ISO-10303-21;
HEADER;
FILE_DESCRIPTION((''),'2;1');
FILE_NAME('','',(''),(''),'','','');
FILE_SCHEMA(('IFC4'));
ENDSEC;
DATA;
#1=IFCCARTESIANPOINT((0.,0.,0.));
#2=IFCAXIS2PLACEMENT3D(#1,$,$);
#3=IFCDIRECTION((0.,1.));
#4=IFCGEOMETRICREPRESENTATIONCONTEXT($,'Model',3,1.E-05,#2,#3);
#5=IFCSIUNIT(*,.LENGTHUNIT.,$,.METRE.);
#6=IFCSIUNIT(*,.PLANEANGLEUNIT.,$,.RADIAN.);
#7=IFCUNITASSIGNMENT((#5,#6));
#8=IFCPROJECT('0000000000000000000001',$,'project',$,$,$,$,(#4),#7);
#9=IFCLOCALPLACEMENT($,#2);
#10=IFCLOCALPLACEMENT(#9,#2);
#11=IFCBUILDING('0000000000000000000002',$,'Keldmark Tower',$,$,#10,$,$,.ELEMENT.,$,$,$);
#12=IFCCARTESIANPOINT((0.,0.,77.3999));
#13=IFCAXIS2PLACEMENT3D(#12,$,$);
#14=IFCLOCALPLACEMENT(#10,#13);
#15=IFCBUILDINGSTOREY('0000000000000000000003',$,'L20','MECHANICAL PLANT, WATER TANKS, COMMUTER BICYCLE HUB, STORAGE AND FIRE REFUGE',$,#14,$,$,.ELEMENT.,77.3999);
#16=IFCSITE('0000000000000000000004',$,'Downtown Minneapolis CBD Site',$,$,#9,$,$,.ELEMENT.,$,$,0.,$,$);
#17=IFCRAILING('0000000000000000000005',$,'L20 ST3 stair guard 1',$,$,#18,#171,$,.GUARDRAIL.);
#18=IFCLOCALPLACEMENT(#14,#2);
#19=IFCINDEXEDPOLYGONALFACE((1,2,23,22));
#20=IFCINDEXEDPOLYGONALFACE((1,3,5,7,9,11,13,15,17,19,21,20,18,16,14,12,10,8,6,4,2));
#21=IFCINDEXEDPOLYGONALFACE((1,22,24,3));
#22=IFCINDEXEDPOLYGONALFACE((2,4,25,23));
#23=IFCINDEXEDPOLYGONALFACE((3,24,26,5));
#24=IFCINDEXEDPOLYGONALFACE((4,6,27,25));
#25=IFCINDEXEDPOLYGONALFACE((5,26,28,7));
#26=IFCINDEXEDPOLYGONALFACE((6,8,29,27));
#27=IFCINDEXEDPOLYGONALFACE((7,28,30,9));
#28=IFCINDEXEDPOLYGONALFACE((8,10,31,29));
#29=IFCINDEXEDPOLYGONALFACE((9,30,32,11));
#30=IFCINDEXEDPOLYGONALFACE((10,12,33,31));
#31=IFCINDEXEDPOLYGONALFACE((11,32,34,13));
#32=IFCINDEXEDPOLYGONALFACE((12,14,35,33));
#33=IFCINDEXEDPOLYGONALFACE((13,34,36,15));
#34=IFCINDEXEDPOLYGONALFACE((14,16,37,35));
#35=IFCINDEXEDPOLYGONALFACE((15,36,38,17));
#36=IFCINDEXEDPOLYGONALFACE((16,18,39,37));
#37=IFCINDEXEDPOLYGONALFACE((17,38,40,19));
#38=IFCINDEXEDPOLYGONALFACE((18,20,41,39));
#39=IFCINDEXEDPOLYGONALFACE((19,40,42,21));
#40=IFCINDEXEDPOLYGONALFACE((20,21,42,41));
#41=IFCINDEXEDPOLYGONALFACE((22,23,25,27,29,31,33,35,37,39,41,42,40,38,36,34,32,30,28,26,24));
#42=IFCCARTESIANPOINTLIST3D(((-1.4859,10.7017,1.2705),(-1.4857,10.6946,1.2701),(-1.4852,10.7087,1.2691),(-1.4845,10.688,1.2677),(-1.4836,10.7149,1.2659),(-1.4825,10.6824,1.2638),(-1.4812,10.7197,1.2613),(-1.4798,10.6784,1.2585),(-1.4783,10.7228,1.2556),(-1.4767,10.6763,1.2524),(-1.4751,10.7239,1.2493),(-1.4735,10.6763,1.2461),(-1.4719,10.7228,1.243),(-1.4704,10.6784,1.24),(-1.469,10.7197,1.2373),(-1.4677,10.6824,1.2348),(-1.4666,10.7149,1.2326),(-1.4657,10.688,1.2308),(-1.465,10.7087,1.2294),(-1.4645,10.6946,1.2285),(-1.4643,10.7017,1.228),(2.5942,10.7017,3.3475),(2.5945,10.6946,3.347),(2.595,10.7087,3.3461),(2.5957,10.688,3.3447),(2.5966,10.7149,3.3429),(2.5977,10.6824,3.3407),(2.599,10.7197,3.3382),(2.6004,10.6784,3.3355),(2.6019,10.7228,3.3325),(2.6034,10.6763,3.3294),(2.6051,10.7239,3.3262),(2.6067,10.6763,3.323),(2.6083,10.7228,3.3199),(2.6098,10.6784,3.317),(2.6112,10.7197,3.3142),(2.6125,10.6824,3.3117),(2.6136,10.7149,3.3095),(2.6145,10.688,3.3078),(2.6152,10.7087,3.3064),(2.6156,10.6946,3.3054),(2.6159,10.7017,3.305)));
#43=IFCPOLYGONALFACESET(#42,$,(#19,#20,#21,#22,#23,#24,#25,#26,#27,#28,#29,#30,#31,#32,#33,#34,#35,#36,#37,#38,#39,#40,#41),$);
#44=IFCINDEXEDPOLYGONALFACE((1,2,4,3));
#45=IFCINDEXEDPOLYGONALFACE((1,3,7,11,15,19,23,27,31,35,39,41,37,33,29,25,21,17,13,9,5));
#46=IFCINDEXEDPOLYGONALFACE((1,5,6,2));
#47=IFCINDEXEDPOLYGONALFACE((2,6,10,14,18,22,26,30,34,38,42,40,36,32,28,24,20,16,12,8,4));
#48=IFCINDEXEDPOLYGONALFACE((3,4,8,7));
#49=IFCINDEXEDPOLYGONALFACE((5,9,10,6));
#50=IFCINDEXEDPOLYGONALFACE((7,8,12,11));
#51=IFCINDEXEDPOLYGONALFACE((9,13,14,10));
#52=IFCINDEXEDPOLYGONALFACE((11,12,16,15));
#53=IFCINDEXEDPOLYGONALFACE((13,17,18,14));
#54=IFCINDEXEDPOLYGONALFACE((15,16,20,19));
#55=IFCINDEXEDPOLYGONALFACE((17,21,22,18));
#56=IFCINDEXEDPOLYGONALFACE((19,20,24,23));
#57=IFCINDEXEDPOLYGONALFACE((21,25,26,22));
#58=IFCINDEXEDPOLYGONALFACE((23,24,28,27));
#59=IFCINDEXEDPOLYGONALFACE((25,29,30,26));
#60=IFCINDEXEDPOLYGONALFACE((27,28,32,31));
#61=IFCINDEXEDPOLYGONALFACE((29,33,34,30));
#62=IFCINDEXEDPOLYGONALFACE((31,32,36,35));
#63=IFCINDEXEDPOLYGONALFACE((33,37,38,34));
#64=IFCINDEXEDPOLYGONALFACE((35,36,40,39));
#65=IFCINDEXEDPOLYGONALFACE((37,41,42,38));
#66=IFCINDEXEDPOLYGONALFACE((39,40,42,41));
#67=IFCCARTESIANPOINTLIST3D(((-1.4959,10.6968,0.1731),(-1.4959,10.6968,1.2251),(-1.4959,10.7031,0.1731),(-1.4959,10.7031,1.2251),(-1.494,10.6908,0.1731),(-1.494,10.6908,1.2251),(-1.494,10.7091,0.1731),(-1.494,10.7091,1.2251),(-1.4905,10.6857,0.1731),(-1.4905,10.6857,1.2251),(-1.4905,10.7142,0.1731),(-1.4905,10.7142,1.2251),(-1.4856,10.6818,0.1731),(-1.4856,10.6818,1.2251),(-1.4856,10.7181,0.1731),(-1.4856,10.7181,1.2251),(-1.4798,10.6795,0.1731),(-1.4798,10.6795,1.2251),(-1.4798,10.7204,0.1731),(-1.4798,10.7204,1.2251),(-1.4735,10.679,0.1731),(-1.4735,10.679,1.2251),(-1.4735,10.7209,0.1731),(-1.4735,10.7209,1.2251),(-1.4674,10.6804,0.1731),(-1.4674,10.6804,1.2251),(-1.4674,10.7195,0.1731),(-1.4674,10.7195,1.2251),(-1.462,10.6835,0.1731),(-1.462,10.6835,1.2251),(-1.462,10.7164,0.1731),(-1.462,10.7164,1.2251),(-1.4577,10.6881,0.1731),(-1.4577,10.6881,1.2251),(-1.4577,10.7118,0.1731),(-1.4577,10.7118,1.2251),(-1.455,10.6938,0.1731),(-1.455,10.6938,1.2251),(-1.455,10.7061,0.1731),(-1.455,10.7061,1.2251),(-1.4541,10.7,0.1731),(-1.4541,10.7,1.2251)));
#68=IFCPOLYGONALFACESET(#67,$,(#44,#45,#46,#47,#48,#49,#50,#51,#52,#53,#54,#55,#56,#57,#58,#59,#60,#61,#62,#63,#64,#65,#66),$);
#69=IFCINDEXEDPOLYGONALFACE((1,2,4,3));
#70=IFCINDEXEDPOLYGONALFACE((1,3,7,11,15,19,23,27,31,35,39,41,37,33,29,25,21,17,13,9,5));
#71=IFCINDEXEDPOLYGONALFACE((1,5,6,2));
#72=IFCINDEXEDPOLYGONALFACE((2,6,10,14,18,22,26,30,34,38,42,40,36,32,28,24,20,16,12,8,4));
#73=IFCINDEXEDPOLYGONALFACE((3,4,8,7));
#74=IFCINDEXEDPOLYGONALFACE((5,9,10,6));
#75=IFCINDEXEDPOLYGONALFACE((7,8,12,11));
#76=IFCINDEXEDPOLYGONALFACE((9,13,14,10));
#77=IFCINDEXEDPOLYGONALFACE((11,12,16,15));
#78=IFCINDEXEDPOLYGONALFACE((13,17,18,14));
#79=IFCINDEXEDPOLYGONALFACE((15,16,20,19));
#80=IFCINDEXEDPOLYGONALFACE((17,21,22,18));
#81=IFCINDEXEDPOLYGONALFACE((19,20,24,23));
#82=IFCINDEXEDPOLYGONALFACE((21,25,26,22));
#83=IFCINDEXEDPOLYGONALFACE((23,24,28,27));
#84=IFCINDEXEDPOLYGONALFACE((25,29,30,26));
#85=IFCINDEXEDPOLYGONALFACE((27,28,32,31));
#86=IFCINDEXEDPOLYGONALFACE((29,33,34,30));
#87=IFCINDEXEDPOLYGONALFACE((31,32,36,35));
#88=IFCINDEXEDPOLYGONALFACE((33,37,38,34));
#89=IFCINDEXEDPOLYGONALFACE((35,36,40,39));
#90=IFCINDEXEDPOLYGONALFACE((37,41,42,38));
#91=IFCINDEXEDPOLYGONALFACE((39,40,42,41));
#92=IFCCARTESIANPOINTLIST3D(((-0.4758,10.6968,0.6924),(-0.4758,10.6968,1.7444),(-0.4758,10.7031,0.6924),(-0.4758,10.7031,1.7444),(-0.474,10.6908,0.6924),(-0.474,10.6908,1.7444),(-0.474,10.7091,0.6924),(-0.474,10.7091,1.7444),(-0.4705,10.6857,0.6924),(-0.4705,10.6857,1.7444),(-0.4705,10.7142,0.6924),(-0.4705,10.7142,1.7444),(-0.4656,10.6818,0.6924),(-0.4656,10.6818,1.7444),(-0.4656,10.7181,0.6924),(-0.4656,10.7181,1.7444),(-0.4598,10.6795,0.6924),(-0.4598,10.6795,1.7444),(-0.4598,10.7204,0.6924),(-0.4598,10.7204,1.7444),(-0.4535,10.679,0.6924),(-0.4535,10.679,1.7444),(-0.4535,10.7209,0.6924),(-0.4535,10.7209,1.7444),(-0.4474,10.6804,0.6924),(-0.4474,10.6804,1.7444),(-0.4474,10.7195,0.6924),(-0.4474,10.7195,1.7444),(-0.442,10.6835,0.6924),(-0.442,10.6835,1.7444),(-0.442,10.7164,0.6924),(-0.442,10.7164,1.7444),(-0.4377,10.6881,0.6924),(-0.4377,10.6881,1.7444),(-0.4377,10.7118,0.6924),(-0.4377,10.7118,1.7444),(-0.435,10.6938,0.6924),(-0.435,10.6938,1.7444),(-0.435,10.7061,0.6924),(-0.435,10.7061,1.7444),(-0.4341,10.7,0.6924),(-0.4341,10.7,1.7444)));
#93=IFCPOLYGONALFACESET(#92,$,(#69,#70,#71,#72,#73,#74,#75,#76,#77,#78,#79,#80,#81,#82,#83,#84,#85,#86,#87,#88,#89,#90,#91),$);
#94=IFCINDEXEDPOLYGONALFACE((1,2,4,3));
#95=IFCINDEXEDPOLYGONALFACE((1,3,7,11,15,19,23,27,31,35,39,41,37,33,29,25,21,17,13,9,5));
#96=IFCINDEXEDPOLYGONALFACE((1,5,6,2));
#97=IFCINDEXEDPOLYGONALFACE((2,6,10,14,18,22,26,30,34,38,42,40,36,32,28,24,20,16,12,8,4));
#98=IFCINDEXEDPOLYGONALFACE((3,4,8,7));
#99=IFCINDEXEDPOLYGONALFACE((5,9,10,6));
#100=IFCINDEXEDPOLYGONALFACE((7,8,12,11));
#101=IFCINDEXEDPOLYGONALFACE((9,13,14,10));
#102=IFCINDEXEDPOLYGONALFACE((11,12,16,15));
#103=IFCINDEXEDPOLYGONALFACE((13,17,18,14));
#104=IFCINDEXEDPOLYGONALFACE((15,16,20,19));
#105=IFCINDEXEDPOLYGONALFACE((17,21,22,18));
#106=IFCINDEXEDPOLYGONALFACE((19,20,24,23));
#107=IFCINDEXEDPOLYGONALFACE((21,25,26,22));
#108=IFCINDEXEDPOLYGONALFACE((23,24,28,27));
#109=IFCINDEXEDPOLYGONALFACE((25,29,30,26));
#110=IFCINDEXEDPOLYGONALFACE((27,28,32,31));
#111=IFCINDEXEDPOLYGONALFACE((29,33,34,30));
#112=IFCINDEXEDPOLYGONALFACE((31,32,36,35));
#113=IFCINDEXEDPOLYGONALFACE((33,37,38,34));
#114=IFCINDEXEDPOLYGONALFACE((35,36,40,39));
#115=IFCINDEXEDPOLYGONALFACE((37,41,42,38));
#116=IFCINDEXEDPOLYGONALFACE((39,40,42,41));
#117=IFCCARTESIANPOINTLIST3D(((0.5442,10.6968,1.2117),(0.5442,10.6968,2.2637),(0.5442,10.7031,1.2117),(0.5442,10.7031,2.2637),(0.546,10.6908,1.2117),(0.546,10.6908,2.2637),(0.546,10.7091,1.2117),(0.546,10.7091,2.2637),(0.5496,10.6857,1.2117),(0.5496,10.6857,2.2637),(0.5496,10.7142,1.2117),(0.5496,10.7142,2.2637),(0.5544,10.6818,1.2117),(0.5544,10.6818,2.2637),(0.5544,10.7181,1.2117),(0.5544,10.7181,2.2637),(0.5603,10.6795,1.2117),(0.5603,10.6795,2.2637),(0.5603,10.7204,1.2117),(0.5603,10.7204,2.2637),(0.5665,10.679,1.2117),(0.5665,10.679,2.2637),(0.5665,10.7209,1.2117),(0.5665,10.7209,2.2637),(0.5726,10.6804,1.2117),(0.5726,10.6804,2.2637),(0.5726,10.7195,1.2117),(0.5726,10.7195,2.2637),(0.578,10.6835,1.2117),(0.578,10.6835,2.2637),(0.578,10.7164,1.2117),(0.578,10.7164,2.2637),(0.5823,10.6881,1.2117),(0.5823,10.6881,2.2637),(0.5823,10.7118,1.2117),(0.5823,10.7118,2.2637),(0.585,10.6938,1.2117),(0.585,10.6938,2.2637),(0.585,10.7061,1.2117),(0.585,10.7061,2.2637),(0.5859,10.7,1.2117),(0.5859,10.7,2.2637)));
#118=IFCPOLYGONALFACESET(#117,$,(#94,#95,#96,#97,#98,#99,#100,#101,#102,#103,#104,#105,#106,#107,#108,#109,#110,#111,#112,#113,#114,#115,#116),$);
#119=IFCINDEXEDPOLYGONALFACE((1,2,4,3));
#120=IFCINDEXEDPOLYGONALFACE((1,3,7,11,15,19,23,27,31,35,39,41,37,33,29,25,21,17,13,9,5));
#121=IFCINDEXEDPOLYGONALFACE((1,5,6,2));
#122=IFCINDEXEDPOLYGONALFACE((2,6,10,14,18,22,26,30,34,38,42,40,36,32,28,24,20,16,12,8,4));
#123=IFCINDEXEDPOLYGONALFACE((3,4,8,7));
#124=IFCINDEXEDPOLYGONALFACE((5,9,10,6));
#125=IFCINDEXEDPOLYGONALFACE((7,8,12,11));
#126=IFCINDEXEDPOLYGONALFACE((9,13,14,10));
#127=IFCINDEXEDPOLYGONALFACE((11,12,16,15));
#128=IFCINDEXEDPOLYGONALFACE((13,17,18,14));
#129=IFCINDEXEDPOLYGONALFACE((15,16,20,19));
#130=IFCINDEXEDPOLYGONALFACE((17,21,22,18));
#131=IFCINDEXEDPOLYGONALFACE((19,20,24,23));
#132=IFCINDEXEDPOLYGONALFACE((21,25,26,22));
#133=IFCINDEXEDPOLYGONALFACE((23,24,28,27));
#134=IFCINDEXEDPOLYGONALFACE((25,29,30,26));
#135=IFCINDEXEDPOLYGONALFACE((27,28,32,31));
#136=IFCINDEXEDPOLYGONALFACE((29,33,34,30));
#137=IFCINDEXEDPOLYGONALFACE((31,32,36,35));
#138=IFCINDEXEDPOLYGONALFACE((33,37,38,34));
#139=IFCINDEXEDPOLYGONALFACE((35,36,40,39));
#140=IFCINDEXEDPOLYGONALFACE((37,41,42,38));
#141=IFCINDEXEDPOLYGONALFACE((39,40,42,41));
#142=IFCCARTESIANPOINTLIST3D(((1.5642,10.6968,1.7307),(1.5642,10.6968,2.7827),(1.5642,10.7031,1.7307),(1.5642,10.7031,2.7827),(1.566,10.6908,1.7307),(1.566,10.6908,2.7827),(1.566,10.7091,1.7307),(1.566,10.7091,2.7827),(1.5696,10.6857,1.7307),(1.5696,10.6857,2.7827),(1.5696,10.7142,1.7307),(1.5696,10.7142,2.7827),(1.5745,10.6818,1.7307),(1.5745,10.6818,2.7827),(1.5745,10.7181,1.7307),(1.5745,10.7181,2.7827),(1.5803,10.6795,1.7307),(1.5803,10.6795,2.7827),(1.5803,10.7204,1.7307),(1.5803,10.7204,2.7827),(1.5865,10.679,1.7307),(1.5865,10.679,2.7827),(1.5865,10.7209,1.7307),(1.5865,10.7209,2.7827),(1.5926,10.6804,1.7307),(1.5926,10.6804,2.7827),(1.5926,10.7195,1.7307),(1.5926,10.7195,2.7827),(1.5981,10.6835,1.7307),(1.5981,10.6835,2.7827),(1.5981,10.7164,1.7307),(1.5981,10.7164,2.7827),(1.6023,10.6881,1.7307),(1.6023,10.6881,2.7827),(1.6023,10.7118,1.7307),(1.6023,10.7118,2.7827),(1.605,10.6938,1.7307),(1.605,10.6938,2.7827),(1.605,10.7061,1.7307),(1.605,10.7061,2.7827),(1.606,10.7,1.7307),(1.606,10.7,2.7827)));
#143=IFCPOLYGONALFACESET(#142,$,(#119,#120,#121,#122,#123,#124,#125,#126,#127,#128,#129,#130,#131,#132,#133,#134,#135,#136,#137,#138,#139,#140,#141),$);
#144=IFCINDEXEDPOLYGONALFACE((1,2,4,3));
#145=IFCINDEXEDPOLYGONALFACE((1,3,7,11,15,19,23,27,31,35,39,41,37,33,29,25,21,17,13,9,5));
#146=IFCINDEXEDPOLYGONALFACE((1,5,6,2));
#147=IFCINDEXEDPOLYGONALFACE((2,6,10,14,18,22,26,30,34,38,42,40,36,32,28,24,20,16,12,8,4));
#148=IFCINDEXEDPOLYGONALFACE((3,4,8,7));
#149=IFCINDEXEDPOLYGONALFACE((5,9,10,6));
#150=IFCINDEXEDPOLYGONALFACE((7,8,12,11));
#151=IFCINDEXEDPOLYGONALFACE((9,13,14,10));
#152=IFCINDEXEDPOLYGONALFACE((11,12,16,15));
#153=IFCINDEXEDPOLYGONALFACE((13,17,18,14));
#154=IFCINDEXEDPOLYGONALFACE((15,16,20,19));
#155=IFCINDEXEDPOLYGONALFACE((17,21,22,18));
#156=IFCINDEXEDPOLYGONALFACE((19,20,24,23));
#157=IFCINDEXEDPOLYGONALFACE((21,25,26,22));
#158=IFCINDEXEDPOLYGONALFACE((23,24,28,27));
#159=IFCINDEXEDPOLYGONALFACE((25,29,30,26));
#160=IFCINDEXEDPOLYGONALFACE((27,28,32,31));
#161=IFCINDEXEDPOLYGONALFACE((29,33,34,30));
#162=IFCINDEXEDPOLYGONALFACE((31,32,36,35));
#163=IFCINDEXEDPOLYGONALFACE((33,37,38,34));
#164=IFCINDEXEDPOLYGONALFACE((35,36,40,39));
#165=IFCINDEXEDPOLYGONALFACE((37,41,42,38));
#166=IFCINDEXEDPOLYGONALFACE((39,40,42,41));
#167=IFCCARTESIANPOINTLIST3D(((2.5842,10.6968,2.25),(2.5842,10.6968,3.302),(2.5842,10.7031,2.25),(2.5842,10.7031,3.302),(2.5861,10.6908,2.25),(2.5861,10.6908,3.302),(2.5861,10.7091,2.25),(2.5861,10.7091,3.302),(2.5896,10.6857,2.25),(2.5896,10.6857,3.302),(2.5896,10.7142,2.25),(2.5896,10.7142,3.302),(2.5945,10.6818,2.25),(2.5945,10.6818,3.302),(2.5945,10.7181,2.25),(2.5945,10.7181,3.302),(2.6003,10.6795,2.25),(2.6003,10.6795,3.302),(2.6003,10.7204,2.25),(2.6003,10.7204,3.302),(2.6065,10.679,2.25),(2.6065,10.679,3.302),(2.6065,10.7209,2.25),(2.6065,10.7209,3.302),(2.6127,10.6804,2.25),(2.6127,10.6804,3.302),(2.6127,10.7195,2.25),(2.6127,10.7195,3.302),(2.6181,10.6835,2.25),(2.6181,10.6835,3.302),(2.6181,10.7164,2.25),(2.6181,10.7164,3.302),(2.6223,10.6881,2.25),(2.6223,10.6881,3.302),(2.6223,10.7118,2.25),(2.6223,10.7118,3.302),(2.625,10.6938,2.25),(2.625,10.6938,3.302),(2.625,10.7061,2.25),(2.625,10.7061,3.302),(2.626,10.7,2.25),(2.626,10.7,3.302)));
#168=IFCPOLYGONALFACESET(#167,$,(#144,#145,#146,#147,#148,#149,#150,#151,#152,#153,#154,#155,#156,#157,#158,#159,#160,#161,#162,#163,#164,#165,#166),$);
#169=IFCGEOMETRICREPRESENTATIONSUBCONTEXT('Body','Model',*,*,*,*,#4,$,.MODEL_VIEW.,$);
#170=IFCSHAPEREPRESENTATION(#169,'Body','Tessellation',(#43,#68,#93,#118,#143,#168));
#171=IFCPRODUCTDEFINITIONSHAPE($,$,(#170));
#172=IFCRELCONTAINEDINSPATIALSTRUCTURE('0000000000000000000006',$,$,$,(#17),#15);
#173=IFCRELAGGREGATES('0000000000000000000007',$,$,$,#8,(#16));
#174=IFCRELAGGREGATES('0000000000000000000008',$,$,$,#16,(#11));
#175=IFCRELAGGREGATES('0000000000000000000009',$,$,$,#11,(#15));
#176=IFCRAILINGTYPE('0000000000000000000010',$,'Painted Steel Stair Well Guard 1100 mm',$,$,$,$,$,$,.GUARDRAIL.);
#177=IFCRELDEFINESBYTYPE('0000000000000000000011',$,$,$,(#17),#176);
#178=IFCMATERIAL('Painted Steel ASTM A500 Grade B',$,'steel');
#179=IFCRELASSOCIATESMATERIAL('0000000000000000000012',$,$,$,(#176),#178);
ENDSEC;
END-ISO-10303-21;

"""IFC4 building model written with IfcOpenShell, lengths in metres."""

from ifc_helpers import new_model, si_unit, direction, frame, origin, origin_2d, place, context, subcontext, project, spatial, circle, extrude, material, type_object, element, save


model = new_model("IFC4")

# Units and contexts
model_context = context("Model", 3, precision=1e-05, world=origin(), true_north=direction((0.0, 1.0)))
body_context = subcontext(model_context, "Body", "Model", "MODEL_VIEW")
ifc_project = project(units=[si_unit("LENGTHUNIT", "METRE"), si_unit("PLANEANGLEUNIT", "RADIAN")], contexts=[model_context])

# Site, building, storey
site_placement = place(None, origin())
site = spatial("IfcSite", under=ifc_project, at=site_placement, Name="Downtown Minneapolis CBD Site", CompositionType="ELEMENT", RefElevation=0.0)
building_placement = place(site_placement, origin())
building = spatial("IfcBuilding", under=site, at=building_placement, Name="Keldmark Tower", CompositionType="ELEMENT")
storey_placement = place(building_placement, frame((0.0, 0.0, 77.3999)))
storey = spatial("IfcBuildingStorey", under=building, at=storey_placement, Name="L20", Description="MECHANICAL PLANT, WATER TANKS, COMMUTER BICYCLE HUB, STORAGE AND FIRE REFUGE", CompositionType="ELEMENT", Elevation=77.3999)

# Railing
ifc_material_1 = material(Name="Painted Steel ASTM A500 Grade B", Category="steel")
railing_type = type_object("IfcRailingType", Name="Painted Steel Stair Well Guard 1100 mm", PredefinedType="GUARDRAIL", material=ifc_material_1)
railing_1_placement = place(storey_placement, frame((-1.4751, 10.7, 0.1731)))
element("IfcRailing", 1, at=railing_1_placement, inside=storey, type_object=railing_type, Name="L20 ST3 stair guard 1", PredefinedType="GUARDRAIL", context=body_context, shape_type="SweptSolid", body=[
    extrude(circle(Radius=0.0239, at=origin_2d()), frame((0.0, 0.0, 1.0762), z_axis=(0.891183, 0.0, 0.453644), x_axis=(0.0, 1.0, 0.0)), (0.0, 0.0, 1.0), 4.5784),
    extrude(circle(Radius=0.021, at=origin_2d()), origin(), (0.0, 0.0, 1.0), 1.052),
    extrude(circle(Radius=0.021, at=origin_2d()), frame((1.02, 0.0, 0.5193)), (0.0, 0.0, 1.0), 1.052),
    extrude(circle(Radius=0.021, at=origin_2d()), frame((2.04, 0.0, 1.0386)), (0.0, 0.0, 1.0), 1.052),
    extrude(circle(Radius=0.021, at=origin_2d()), frame((3.0601, 0.0, 1.5576)), (0.0, 0.0, 1.0), 1.052),
    extrude(circle(Radius=0.021, at=origin_2d()), frame((4.0801, 0.0, 2.0769)), (0.0, 0.0, 1.0), 1.052),
])

save(model, "model.ifc")
